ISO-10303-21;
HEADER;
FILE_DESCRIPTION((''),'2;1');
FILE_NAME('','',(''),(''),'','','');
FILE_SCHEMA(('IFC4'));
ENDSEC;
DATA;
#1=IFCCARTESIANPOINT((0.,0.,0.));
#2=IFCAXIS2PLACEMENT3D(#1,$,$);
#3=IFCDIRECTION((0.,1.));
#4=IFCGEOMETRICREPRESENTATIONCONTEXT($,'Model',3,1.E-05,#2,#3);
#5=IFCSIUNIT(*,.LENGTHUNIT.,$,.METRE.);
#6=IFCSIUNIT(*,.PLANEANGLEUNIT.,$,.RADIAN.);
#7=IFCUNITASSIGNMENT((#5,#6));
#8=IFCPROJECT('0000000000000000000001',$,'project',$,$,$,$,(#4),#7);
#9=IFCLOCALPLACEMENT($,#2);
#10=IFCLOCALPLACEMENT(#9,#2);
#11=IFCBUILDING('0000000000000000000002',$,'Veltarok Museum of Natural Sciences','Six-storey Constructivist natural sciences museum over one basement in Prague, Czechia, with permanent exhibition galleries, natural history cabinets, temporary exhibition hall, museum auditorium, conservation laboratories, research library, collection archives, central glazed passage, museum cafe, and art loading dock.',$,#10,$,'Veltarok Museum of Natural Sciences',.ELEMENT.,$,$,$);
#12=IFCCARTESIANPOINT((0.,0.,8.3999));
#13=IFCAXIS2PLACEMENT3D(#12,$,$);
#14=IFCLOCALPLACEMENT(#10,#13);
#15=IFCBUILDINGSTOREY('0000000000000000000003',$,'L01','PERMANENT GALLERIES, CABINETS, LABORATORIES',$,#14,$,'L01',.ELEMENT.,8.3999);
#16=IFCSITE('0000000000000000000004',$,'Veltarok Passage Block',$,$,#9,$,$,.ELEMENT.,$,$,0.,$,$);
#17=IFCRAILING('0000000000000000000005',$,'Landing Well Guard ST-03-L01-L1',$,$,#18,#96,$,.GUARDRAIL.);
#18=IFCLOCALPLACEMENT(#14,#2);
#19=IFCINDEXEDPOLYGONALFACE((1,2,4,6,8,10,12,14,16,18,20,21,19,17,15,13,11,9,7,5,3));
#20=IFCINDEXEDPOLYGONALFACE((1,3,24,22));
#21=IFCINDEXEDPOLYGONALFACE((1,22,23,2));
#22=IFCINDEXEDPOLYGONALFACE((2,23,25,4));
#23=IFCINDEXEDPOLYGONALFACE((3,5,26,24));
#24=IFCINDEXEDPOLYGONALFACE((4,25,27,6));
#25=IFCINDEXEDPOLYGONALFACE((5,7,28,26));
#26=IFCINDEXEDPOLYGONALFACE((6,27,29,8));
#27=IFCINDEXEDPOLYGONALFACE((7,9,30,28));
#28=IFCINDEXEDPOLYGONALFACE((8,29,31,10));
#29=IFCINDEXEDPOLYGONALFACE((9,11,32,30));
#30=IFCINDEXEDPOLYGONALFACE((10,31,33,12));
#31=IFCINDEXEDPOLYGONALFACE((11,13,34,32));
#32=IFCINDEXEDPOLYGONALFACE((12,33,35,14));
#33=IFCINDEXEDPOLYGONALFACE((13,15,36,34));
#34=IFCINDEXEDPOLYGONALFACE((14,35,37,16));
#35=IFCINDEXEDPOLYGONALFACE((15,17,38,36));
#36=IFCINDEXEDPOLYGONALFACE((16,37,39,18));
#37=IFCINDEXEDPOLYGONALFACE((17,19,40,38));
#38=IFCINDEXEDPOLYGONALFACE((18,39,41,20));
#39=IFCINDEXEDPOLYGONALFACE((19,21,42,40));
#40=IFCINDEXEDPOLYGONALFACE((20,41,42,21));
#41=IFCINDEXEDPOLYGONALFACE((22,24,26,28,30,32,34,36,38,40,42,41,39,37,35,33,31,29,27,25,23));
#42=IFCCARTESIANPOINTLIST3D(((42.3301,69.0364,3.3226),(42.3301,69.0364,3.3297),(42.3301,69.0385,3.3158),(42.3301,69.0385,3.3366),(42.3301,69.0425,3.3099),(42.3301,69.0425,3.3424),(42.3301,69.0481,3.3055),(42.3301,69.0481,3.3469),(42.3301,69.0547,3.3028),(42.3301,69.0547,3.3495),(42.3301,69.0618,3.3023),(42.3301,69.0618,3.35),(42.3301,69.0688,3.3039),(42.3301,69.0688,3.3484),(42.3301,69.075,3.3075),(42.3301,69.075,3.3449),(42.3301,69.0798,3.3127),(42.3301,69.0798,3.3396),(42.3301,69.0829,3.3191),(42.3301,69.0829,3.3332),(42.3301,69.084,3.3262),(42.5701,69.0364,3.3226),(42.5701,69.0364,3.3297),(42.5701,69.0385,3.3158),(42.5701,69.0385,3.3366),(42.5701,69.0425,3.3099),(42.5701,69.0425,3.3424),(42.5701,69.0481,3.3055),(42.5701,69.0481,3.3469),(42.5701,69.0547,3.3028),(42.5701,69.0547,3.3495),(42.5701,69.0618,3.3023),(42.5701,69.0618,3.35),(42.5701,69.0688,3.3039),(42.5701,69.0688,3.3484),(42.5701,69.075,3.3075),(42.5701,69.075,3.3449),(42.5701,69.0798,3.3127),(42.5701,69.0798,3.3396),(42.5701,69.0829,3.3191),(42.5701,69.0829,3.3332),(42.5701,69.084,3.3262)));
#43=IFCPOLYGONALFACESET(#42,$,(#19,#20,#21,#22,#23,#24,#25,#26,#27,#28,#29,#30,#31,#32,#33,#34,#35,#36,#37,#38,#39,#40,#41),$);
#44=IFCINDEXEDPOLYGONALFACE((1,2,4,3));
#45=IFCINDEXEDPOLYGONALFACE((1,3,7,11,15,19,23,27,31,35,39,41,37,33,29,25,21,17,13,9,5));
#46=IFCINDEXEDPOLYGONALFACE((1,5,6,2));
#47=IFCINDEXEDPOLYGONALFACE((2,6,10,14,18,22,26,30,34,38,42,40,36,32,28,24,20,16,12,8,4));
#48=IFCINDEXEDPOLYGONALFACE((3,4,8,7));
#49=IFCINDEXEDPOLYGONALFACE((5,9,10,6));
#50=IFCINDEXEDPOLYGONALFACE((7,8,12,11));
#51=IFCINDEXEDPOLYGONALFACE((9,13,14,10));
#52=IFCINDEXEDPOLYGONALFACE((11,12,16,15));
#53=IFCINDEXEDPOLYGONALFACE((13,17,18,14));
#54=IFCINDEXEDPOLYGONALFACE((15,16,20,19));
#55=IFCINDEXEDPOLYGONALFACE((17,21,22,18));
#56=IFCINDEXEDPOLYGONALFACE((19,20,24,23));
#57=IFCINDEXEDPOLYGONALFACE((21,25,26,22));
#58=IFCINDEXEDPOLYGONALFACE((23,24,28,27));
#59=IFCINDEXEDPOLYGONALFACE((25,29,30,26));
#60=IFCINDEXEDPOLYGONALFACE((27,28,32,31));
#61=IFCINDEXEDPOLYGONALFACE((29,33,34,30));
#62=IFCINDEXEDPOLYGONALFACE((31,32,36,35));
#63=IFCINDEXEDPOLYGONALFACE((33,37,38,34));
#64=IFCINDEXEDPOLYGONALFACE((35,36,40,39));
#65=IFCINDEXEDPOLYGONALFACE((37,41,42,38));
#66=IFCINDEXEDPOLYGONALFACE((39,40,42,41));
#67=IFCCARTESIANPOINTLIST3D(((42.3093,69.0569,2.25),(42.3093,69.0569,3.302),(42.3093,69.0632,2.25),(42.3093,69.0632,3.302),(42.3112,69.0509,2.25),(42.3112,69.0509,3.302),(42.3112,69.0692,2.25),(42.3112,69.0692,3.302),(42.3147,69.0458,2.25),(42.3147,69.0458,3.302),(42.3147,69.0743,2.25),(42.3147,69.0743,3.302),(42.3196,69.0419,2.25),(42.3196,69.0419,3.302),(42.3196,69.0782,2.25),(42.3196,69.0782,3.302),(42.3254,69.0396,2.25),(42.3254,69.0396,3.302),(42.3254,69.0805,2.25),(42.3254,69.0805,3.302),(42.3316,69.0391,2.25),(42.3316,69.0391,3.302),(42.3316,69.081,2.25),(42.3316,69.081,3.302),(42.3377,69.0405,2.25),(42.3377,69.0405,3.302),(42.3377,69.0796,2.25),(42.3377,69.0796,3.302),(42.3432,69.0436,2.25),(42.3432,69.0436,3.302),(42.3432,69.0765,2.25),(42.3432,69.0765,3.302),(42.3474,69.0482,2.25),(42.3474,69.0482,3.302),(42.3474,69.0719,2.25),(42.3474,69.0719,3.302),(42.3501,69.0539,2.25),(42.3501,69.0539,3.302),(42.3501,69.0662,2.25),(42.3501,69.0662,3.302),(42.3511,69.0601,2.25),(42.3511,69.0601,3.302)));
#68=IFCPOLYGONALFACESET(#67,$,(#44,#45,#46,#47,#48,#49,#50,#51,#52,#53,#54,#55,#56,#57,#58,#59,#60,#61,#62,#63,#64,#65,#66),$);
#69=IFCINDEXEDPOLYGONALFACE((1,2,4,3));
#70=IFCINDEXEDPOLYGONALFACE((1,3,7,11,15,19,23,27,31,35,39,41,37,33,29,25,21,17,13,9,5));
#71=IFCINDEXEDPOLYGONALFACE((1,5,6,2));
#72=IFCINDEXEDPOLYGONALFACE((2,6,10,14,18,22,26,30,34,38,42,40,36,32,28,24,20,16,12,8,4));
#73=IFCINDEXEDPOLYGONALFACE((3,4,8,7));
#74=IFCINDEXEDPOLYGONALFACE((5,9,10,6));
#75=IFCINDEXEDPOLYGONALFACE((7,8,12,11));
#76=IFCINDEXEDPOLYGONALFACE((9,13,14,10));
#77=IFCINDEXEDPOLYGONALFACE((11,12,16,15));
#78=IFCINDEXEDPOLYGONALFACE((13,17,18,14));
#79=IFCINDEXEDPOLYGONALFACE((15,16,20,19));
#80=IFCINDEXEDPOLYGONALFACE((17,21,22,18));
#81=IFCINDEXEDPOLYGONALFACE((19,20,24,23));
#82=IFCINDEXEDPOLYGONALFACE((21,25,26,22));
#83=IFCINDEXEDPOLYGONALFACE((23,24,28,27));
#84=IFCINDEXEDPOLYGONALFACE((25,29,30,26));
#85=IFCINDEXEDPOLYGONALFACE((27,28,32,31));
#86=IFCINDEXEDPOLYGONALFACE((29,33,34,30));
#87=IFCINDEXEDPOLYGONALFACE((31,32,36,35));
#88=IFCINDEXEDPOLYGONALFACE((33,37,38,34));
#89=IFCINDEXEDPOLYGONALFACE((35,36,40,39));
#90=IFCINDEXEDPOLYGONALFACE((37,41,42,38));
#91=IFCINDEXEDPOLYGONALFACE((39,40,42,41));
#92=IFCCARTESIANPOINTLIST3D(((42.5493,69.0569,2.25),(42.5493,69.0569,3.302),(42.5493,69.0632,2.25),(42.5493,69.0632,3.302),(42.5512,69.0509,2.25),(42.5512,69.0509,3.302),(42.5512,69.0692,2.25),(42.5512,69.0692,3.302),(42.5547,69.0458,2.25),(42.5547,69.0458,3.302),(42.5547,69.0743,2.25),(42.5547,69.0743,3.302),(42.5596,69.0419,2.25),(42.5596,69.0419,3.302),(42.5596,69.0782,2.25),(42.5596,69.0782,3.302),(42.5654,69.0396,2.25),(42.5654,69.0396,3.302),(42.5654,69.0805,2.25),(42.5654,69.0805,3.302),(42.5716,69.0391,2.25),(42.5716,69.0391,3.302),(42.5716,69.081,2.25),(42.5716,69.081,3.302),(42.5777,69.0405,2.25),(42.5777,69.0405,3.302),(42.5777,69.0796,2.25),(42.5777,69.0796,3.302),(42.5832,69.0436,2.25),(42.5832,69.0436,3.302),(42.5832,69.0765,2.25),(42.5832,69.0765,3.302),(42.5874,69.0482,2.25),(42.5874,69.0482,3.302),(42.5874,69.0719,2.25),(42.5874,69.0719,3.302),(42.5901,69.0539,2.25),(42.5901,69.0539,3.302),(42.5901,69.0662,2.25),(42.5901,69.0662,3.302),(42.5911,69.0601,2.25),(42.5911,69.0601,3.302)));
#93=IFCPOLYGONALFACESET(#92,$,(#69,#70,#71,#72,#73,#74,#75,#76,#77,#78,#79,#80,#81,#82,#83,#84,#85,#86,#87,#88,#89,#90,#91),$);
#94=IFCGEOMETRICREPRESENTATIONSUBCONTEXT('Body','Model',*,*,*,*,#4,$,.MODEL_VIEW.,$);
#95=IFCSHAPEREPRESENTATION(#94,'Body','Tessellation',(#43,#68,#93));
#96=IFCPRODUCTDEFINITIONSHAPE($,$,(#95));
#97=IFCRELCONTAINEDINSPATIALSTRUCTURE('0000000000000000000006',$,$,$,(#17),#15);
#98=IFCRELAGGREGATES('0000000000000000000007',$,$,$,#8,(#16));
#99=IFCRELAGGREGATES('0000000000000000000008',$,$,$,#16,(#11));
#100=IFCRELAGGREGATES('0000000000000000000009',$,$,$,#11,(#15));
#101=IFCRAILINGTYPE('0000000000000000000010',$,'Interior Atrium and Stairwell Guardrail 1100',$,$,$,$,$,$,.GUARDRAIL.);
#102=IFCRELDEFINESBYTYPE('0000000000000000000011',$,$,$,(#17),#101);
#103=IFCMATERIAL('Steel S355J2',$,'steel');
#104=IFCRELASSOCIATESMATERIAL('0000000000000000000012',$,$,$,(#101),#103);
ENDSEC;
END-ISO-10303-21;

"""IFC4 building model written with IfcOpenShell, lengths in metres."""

from ifc_helpers import new_model, si_unit, direction, frame, origin, origin_2d, place, context, subcontext, project, spatial, circle, extrude, material, type_object, element, save


model = new_model("IFC4")

# Units and contexts
model_context = context("Model", 3, precision=1e-05, world=origin(), true_north=direction((0.0, 1.0)))
body_context = subcontext(model_context, "Body", "Model", "MODEL_VIEW")
ifc_project = project(units=[si_unit("LENGTHUNIT", "METRE"), si_unit("PLANEANGLEUNIT", "RADIAN")], contexts=[model_context])

# Site, building, storey
site_placement = place(None, origin())
site = spatial("IfcSite", under=ifc_project, at=site_placement, Name="Veltarok Passage Block", CompositionType="ELEMENT", RefElevation=0.0)
building_placement = place(site_placement, origin())
building = spatial("IfcBuilding", under=site, at=building_placement, Name="Veltarok Museum of Natural Sciences", Description="Six-storey Constructivist natural sciences museum over one basement in Prague, Czechia, with permanent exhibition galleries, natural history cabinets, temporary exhibition hall, museum auditorium, conservation laboratories, research library, collection archives, central glazed passage, museum cafe, and art loading dock.", LongName="Veltarok Museum of Natural Sciences", CompositionType="ELEMENT")
storey_placement = place(building_placement, frame((0.0, 0.0, 8.3999)))
storey = spatial("IfcBuildingStorey", under=building, at=storey_placement, Name="L01", Description="PERMANENT GALLERIES, CABINETS, LABORATORIES", LongName="L01", CompositionType="ELEMENT", Elevation=8.3999)

# Shared definitions
ifc_material_1 = material(Name="Steel S355J2", Category="steel")

# Railing
railing_type_1 = type_object("IfcRailingType", Name="Interior Atrium and Stairwell Guardrail 1100", PredefinedType="GUARDRAIL", material=ifc_material_1)
for number, where, name in (
    (1, (42.3301, 69.0601, 2.25), "Landing Well Guard ST-03-L01-L1"),
):
    element("IfcRailing", number, at=place(storey_placement, frame(where)), inside=storey, type_object=railing_type_1, Name=name, PredefinedType="GUARDRAIL", context=body_context, shape_type="SweptSolid", body=[
        extrude(circle(Radius=0.0239, at=origin_2d()), frame((0.0, 0.0, 1.0762), z_axis=(1.0, 0.0, 0.0), x_axis=(0.0, 1.0, 0.0)), (0.0, 0.0, 1.0), 0.24),
        extrude(circle(Radius=0.021, at=origin_2d()), origin(), (0.0, 0.0, 1.0), 1.052),
        extrude(circle(Radius=0.021, at=origin_2d()), frame((0.24, 0.0, 0.0)), (0.0, 0.0, 1.0), 1.052),
    ])

save(model, "model.ifc")
